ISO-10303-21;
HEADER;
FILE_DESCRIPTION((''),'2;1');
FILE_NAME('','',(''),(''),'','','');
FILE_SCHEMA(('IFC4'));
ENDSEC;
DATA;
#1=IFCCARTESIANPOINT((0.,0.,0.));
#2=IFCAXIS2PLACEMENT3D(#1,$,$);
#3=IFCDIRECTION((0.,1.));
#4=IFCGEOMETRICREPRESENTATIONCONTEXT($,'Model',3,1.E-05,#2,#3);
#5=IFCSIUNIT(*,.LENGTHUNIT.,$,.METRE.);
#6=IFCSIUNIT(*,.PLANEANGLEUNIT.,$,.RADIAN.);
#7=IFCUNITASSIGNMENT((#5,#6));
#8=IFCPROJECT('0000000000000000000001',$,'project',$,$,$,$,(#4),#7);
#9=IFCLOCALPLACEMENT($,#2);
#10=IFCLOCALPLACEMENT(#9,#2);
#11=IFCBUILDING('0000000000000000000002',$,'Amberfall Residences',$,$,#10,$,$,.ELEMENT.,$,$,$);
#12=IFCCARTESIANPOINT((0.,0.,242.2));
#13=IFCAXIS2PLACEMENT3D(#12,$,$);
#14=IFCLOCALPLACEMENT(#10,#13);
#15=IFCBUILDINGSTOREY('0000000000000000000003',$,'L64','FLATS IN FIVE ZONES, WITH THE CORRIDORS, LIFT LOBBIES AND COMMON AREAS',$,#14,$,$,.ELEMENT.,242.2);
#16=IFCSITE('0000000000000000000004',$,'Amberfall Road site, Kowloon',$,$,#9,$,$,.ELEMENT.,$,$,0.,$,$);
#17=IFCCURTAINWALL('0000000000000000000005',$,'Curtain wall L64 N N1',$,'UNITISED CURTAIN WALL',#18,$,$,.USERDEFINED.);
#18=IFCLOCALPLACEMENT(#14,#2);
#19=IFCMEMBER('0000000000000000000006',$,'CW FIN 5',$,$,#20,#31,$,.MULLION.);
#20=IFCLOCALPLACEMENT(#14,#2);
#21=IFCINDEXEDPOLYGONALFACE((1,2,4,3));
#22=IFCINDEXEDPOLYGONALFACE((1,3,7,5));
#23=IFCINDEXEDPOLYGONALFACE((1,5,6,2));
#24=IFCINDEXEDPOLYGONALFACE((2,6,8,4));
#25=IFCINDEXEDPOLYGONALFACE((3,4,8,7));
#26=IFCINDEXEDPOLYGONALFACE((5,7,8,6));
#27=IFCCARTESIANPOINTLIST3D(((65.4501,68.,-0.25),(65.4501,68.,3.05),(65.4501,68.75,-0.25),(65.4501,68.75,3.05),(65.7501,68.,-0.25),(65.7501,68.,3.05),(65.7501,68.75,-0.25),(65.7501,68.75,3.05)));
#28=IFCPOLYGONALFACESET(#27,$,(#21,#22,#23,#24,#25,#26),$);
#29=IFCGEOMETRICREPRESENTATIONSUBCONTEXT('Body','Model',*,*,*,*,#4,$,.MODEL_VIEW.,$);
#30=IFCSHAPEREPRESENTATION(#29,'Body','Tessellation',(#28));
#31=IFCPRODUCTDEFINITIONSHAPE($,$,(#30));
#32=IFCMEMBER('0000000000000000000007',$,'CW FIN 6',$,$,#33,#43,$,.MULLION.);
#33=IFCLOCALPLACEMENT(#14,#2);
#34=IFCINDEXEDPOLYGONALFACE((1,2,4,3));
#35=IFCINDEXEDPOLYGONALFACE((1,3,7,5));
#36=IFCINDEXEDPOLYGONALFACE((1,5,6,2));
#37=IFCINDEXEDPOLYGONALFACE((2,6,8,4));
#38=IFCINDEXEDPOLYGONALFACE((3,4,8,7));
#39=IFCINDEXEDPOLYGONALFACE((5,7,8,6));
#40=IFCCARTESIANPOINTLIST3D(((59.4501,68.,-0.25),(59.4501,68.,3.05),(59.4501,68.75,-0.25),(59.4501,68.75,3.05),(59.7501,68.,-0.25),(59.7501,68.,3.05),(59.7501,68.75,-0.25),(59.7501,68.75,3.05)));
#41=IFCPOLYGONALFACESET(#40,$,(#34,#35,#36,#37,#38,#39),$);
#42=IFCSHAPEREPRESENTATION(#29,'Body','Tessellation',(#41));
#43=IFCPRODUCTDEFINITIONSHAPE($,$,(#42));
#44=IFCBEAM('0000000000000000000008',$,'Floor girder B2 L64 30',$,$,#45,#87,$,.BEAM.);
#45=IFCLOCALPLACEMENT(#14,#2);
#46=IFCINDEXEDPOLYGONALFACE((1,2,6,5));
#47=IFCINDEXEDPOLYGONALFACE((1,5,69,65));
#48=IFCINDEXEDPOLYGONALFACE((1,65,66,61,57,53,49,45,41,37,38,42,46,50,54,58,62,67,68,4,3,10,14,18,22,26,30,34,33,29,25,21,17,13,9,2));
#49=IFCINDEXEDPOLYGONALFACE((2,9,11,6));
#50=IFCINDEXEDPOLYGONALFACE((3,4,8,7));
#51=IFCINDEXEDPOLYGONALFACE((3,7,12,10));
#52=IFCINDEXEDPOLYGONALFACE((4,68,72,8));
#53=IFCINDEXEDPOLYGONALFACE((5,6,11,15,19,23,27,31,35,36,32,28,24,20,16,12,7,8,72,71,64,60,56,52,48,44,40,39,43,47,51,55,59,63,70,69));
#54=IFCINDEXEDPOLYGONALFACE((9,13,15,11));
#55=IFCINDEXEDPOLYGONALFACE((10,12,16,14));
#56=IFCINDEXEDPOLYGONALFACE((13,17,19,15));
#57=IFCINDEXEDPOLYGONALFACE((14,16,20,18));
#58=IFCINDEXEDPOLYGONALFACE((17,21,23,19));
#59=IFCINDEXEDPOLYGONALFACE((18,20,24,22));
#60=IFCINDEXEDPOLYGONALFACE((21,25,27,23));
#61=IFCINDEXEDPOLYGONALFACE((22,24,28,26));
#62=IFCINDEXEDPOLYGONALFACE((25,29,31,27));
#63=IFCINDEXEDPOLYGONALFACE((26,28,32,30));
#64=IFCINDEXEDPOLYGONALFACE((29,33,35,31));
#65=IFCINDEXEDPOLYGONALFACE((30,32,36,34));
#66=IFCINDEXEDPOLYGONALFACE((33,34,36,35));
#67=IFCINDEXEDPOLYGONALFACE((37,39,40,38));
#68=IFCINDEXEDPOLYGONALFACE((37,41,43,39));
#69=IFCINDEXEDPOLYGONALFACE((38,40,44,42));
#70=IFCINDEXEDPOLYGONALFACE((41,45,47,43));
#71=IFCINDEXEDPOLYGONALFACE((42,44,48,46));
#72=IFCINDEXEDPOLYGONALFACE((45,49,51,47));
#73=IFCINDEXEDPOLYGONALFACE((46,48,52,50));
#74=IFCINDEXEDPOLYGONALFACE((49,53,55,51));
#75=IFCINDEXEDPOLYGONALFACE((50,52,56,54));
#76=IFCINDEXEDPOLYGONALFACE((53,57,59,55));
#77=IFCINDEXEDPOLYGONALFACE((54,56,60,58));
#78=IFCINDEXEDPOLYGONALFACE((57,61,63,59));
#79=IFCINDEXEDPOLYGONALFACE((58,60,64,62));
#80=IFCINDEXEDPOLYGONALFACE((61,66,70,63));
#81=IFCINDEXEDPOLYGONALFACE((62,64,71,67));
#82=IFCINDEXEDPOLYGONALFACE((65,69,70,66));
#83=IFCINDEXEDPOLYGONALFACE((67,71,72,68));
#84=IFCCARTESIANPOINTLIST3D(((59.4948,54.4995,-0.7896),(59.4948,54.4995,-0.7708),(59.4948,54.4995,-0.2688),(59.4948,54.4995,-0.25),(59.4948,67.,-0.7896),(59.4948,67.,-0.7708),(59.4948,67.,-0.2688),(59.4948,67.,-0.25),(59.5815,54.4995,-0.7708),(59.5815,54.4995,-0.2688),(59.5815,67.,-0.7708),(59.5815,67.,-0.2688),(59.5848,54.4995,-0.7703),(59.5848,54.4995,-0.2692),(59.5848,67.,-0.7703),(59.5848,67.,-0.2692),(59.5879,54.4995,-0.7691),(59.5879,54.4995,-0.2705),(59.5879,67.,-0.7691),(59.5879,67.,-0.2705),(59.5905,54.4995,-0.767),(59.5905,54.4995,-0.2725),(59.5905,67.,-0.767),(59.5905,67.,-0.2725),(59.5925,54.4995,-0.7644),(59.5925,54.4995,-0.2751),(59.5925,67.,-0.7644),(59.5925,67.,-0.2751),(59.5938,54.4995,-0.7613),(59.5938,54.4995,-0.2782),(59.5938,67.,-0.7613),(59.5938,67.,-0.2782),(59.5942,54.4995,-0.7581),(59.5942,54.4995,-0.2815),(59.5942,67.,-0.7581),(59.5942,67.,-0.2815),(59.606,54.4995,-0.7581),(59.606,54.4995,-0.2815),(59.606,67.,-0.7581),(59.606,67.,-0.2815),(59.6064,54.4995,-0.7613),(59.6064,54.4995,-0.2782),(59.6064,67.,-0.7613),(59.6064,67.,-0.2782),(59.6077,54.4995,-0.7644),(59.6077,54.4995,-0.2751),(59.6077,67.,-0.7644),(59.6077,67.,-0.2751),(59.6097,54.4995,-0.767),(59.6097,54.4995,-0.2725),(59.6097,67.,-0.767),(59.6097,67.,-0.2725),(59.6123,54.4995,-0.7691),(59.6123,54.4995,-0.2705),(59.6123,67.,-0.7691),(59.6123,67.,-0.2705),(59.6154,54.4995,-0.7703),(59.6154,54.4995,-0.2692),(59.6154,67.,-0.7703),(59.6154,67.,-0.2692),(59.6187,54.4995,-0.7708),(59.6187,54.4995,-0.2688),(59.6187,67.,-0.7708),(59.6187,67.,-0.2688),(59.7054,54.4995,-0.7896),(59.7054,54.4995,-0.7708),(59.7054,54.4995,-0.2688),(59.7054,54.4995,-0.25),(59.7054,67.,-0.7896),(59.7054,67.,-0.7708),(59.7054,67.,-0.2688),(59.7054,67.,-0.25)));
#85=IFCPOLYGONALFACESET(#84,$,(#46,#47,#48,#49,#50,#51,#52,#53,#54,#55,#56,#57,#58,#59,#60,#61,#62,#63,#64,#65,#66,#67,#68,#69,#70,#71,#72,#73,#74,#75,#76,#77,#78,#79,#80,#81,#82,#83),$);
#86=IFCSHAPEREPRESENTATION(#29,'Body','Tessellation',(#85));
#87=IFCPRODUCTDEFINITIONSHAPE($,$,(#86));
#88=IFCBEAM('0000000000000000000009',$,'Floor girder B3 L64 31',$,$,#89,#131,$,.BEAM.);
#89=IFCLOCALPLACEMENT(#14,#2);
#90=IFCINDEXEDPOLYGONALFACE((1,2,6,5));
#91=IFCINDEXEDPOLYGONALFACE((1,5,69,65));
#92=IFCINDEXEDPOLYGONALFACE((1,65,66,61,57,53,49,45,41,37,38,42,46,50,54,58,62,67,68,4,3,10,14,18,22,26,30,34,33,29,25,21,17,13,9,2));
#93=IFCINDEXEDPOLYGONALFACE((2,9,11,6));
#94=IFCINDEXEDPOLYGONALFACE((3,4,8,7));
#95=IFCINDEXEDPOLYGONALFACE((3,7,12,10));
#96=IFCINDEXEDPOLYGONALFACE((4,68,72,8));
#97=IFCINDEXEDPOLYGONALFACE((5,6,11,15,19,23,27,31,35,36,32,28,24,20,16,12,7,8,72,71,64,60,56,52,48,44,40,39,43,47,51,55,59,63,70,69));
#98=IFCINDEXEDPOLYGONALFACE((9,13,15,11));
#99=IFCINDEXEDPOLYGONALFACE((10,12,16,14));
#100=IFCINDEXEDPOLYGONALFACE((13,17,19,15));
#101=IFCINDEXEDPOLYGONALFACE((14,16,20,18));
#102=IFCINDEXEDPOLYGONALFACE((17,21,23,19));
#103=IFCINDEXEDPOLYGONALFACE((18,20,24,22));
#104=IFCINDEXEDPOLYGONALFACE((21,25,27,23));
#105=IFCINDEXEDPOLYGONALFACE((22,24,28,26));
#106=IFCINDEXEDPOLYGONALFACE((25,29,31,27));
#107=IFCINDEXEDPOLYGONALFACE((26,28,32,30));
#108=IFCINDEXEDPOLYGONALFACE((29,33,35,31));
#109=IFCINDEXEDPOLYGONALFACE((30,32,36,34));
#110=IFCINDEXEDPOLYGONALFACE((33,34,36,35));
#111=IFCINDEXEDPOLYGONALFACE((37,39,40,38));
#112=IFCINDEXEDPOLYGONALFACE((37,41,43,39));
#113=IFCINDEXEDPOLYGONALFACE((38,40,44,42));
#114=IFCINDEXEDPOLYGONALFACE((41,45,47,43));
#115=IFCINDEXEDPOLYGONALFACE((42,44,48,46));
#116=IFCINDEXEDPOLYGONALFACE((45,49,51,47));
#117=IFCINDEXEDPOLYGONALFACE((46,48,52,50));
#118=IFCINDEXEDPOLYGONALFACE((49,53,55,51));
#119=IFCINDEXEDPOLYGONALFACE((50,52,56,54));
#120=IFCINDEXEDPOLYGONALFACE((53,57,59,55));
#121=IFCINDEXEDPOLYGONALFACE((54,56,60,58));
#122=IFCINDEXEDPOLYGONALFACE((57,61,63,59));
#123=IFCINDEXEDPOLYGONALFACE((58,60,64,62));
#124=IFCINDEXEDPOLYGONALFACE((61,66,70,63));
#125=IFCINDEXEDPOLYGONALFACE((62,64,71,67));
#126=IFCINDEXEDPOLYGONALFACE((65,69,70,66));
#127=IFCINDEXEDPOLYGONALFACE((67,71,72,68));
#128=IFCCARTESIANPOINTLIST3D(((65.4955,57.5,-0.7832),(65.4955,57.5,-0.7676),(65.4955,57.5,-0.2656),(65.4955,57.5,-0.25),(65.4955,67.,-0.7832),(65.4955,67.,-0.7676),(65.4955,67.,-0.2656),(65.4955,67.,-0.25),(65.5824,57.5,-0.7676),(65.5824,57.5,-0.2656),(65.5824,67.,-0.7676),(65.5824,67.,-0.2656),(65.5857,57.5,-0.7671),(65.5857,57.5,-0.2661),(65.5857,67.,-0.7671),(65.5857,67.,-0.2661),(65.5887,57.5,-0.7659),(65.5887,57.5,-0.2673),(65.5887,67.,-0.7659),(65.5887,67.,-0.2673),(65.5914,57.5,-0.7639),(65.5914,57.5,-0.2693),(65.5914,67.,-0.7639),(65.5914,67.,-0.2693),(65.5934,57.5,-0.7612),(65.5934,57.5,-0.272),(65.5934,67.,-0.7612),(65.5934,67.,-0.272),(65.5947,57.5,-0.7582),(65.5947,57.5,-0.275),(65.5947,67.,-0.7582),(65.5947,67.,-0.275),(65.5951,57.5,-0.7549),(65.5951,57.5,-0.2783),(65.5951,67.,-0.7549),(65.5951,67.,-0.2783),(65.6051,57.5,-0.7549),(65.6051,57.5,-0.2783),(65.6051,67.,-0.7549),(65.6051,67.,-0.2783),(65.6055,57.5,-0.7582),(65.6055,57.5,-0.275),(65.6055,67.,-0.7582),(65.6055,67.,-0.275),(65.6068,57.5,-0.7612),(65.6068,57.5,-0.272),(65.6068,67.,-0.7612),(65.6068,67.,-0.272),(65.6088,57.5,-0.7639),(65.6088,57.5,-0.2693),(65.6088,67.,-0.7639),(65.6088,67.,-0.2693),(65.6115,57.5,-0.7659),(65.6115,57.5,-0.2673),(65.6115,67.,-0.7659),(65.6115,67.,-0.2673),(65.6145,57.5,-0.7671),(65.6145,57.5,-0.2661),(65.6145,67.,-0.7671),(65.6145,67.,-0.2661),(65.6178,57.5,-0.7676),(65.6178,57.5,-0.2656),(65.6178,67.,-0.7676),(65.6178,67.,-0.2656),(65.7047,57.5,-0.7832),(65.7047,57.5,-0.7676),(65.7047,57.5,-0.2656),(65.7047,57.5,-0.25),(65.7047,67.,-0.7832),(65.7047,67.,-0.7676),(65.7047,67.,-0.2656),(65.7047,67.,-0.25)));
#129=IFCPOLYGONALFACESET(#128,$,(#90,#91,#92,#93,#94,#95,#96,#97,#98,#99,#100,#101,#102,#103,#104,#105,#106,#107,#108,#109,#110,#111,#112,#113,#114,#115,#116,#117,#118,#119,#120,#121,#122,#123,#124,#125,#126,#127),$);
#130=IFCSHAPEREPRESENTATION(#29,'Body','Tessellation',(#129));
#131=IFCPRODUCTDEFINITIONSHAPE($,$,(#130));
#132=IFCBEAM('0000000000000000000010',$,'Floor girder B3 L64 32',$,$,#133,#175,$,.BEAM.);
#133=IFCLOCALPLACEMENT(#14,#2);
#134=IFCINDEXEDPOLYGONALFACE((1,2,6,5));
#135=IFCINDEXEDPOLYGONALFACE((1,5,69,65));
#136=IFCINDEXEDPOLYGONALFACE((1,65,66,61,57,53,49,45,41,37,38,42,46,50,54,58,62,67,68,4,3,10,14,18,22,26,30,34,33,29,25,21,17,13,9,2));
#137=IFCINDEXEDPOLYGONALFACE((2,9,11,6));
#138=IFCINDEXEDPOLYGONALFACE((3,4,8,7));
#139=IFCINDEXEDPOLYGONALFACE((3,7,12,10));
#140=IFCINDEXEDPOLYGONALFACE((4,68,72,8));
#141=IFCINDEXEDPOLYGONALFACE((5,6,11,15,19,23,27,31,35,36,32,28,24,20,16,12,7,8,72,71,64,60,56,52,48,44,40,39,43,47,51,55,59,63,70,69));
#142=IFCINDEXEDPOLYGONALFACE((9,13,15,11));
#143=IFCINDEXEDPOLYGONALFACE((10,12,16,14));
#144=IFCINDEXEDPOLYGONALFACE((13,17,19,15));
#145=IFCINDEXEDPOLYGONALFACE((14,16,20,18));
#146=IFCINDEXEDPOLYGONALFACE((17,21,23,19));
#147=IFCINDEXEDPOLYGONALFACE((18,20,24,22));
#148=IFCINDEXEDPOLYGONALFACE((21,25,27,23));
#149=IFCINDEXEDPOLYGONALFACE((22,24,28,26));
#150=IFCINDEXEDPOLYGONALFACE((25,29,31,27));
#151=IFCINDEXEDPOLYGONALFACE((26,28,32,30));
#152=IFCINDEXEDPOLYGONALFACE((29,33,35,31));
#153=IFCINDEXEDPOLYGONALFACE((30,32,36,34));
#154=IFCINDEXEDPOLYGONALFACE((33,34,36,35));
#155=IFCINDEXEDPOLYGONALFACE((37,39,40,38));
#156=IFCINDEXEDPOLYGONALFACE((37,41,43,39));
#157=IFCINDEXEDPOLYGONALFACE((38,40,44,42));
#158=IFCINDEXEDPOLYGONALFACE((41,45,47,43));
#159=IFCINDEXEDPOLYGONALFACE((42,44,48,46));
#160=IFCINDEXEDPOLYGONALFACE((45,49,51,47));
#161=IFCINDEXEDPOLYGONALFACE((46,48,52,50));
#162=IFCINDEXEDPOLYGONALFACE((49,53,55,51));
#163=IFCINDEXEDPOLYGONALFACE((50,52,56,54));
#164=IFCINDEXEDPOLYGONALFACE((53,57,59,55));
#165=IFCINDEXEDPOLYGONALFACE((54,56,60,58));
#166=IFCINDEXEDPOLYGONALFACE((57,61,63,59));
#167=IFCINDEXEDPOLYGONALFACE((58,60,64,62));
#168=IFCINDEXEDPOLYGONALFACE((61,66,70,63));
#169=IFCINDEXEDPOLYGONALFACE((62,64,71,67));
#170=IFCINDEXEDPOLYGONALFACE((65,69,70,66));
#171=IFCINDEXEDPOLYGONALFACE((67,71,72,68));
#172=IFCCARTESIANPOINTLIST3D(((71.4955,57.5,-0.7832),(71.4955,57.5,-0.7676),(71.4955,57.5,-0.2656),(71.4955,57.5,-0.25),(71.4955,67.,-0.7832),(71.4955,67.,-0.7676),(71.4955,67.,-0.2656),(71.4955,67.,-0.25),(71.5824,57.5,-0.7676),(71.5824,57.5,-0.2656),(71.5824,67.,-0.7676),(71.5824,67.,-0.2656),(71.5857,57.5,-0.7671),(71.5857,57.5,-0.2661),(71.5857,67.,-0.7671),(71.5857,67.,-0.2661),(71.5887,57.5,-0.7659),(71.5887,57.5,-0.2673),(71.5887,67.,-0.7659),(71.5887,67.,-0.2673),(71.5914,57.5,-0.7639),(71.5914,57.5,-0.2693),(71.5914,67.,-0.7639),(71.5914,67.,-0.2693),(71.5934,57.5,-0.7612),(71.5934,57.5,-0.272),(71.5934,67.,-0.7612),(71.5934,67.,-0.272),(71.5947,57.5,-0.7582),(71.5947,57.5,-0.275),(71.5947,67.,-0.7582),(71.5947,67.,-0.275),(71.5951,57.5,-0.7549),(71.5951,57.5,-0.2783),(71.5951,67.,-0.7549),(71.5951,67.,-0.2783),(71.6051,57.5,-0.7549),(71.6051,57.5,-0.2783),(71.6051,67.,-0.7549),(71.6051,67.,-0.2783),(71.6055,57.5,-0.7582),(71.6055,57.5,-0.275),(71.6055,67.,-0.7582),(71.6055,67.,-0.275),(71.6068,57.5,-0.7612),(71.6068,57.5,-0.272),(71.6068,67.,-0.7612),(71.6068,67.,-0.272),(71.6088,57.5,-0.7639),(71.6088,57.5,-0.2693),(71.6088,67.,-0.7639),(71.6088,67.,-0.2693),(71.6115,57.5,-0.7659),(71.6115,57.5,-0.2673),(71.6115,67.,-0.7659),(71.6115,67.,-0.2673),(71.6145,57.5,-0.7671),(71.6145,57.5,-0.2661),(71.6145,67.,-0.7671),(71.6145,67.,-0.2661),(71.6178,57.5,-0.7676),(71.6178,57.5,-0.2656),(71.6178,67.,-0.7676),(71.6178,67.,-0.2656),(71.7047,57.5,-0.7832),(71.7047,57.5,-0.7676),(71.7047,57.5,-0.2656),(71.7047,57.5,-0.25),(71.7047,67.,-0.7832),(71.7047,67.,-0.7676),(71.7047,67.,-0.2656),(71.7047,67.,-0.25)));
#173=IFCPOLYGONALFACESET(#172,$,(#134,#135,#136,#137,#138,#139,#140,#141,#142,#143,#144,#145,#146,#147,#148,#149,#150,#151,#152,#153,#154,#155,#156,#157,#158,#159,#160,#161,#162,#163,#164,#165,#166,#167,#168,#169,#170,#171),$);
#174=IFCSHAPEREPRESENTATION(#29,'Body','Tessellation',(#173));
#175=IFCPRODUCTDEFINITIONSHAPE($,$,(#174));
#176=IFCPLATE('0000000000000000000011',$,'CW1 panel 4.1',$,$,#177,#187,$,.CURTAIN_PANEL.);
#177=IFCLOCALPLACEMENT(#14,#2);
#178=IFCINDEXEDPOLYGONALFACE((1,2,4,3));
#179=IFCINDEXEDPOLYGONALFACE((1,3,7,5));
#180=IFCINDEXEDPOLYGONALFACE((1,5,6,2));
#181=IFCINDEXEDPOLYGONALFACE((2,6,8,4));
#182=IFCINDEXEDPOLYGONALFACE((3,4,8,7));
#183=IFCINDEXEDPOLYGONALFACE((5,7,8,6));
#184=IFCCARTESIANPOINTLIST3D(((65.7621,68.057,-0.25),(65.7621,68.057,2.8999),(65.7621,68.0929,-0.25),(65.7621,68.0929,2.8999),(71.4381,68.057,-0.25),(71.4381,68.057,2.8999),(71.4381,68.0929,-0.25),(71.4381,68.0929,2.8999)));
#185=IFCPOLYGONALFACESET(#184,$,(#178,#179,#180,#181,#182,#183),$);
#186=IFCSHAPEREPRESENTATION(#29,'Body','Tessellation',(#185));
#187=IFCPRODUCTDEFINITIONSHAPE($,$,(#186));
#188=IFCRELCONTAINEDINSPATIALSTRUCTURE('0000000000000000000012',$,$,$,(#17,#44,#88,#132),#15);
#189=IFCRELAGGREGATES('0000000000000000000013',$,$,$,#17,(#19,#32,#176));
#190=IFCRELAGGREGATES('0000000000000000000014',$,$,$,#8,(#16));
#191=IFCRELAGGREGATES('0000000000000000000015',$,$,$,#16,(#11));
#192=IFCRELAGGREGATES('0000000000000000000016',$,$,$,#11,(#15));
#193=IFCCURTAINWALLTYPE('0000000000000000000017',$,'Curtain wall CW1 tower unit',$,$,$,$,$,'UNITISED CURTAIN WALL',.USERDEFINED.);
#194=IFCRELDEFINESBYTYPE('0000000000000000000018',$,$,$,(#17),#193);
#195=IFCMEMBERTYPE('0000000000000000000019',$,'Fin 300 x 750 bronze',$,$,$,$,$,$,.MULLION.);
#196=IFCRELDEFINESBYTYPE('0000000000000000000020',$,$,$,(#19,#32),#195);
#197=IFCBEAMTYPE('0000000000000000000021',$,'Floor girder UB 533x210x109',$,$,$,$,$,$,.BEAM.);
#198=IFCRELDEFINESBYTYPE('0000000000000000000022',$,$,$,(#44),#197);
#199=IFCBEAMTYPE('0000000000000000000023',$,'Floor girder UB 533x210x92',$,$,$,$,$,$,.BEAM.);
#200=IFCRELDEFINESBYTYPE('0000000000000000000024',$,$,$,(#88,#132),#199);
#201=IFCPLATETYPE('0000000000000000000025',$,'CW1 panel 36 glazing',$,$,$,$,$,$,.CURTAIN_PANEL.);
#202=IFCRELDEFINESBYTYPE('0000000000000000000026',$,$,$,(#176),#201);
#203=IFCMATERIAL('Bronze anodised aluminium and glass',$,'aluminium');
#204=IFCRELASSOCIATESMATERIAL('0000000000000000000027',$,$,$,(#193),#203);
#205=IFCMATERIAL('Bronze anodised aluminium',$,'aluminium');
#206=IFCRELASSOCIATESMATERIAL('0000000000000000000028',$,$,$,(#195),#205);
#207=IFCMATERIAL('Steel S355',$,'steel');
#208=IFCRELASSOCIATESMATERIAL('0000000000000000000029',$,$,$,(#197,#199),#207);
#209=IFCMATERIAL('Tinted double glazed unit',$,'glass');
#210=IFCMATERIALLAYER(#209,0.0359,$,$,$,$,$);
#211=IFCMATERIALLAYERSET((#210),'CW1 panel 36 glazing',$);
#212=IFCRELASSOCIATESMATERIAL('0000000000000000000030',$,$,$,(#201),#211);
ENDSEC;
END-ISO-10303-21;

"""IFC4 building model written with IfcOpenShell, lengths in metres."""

from ifc_helpers import new_model, si_unit, direction, frame, origin, origin_2d, place, context, subcontext, project, spatial, rectangle, i_section, extrude, material, layer, layer_set, material_profile, profile_set, type_object, element, aggregate, save


model = new_model("IFC4")

# Units and contexts
model_context = context("Model", 3, precision=1e-05, world=origin(), true_north=direction((0.0, 1.0)))
body_context = subcontext(model_context, "Body", "Model", "MODEL_VIEW")
ifc_project = project(units=[si_unit("LENGTHUNIT", "METRE"), si_unit("PLANEANGLEUNIT", "RADIAN")], contexts=[model_context])

# Site, building, storey
site_placement = place(None, origin())
site = spatial("IfcSite", under=ifc_project, at=site_placement, Name="Amberfall Road site, Kowloon", CompositionType="ELEMENT", RefElevation=0.0)
building_placement = place(site_placement, origin())
building = spatial("IfcBuilding", under=site, at=building_placement, Name="Amberfall Residences", CompositionType="ELEMENT")
storey_placement = place(building_placement, frame((0.0, 0.0, 242.2)))
storey = spatial("IfcBuildingStorey", under=building, at=storey_placement, Name="L64", Description="FLATS IN FIVE ZONES, WITH THE CORRIDORS, LIFT LOBBIES AND COMMON AREAS", CompositionType="ELEMENT", Elevation=242.2)

# Curtain wall
ifc_material_1 = material(Name="Bronze anodised aluminium and glass", Category="aluminium")
curtain_wall_type = type_object("IfcCurtainWallType", Name="Curtain wall CW1 tower unit", ElementType="UNITISED CURTAIN WALL", PredefinedType="USERDEFINED", material=ifc_material_1)
curtain_wall_placement = place(storey_placement, origin())
curtain_wall = element("IfcCurtainWall", 1, at=curtain_wall_placement, inside=storey, type_object=curtain_wall_type, Name="Curtain wall L64 N N1", ObjectType="UNITISED CURTAIN WALL", PredefinedType="USERDEFINED")
ifc_material_2 = material(Name="Bronze anodised aluminium", Category="aluminium")

# Shared definitions
ifc_material_3 = material(Name="Steel S355", Category="steel")

# Members
ifc_material_profile_1 = material_profile(ifc_material_2, rectangle(XDim=0.75, YDim=0.3, at=origin_2d()), Name="Fin 300 x 750 bronze")
ifc_profile_set_1 = profile_set([ifc_material_profile_1], Name="Bronze anodised aluminium")
member_type_1 = type_object("IfcMemberType", Name="Fin 300 x 750 bronze", PredefinedType="MULLION", material=ifc_profile_set_1)
member_1_placement = place(storey_placement, frame((65.6001, 68.375, -0.25), z_axis=(0.0, 0.0, 1.0), x_axis=(0.0, -1.0, 0.0)))
member_1 = element("IfcMember", 2, at=member_1_placement, type_object=member_type_1, Name="CW FIN 5", PredefinedType="MULLION", context=body_context, shape_type="SweptSolid", body=[
    extrude(rectangle(XDim=0.75, YDim=0.3, at=origin_2d()), origin(), (0.0, 0.0, 1.0), 3.3),
])
member_2_placement = place(storey_placement, frame((59.6001, 68.375, -0.25), z_axis=(0.0, 0.0, 1.0), x_axis=(0.0, -1.0, 0.0)))
member_2 = element("IfcMember", 3, at=member_2_placement, type_object=member_type_1, Name="CW FIN 6", PredefinedType="MULLION", context=body_context, shape_type="SweptSolid", body=[
    extrude(rectangle(XDim=0.75, YDim=0.3, at=origin_2d()), origin(), (0.0, 0.0, 1.0), 3.3),
])

# Beams
ifc_material_profile_2 = material_profile(ifc_material_3, i_section(OverallWidth=0.2107, OverallDepth=0.5396, WebThickness=0.0117, FlangeThickness=0.0188, FilletRadius=0.0127, at=origin_2d()), Name="UB 533x210x109")
ifc_profile_set_2 = profile_set([ifc_material_profile_2], Name="Steel S355")
beam_type_1 = type_object("IfcBeamType", Name="Floor girder UB 533x210x109", PredefinedType="BEAM", material=ifc_profile_set_2)
beam_placement = place(storey_placement, frame((59.6001, 67.0, -0.5198), z_axis=(0.0, -1.0, 0.0), x_axis=(1.0, 0.0, 0.0)))
element("IfcBeam", 4, at=beam_placement, inside=storey, type_object=beam_type_1, Name="Floor girder B2 L64 30", PredefinedType="BEAM", context=body_context, shape_type="SweptSolid", body=[
    extrude(i_section(OverallWidth=0.2107, OverallDepth=0.5396, WebThickness=0.0117, FlangeThickness=0.0188, FilletRadius=0.0127, at=origin_2d()), origin(), (0.0, 0.0, 1.0), 12.5005),
])
ifc_material_profile_3 = material_profile(ifc_material_3, i_section(OverallWidth=0.2092, OverallDepth=0.5332, WebThickness=0.01, FlangeThickness=0.0156, FilletRadius=0.0127, at=origin_2d()), Name="UB 533x210x92")
ifc_profile_set_3 = profile_set([ifc_material_profile_3], Name="Steel S355")
beam_type_2 = type_object("IfcBeamType", Name="Floor girder UB 533x210x92", PredefinedType="BEAM", material=ifc_profile_set_3)
for number, where, z_axis, x_axis, name in (
    (5, (65.6001, 67.0, -0.5166), (0.0, -1.0, 0.0), (1.0, 0.0, 0.0), "Floor girder B3 L64 31"),
    (6, (71.6001, 67.0, -0.5166), (0.0, -1.0, 0.0), (1.0, 0.0, 0.0), "Floor girder B3 L64 32"),
):
    element("IfcBeam", number, at=place(storey_placement, frame(where, z_axis=z_axis, x_axis=x_axis)), inside=storey, type_object=beam_type_2, Name=name, PredefinedType="BEAM", context=body_context, shape_type="SweptSolid", body=[
        extrude(i_section(OverallWidth=0.2092, OverallDepth=0.5332, WebThickness=0.01, FlangeThickness=0.0156, FilletRadius=0.0127, at=origin_2d()), origin(), (0.0, 0.0, 1.0), 9.5),
    ])

# Plate
ifc_material_4 = material(Name="Tinted double glazed unit", Category="glass")
ifc_layer_1 = layer(ifc_material_4, 0.0359)
ifc_layer_set_1 = layer_set([ifc_layer_1], Name="CW1 panel 36 glazing")
plate_type = type_object("IfcPlateType", Name="CW1 panel 36 glazing", PredefinedType="CURTAIN_PANEL", material=ifc_layer_set_1)
plate_1_placement = place(storey_placement, frame((68.6001, 68.075, -0.25), z_axis=(0.0, 0.0, 1.0), x_axis=(-1.0, 0.0, 0.0)))
plate_1 = element("IfcPlate", 7, at=plate_1_placement, type_object=plate_type, Name="CW1 panel 4.1", PredefinedType="CURTAIN_PANEL", context=body_context, shape_type="SweptSolid", body=[
    extrude(rectangle(XDim=5.676, YDim=0.0359, at=origin_2d()), origin(), (0.0, 0.0, 1.0), 3.1499),
])
aggregate(curtain_wall, [member_1, member_2, plate_1])

save(model, "model.ifc")
